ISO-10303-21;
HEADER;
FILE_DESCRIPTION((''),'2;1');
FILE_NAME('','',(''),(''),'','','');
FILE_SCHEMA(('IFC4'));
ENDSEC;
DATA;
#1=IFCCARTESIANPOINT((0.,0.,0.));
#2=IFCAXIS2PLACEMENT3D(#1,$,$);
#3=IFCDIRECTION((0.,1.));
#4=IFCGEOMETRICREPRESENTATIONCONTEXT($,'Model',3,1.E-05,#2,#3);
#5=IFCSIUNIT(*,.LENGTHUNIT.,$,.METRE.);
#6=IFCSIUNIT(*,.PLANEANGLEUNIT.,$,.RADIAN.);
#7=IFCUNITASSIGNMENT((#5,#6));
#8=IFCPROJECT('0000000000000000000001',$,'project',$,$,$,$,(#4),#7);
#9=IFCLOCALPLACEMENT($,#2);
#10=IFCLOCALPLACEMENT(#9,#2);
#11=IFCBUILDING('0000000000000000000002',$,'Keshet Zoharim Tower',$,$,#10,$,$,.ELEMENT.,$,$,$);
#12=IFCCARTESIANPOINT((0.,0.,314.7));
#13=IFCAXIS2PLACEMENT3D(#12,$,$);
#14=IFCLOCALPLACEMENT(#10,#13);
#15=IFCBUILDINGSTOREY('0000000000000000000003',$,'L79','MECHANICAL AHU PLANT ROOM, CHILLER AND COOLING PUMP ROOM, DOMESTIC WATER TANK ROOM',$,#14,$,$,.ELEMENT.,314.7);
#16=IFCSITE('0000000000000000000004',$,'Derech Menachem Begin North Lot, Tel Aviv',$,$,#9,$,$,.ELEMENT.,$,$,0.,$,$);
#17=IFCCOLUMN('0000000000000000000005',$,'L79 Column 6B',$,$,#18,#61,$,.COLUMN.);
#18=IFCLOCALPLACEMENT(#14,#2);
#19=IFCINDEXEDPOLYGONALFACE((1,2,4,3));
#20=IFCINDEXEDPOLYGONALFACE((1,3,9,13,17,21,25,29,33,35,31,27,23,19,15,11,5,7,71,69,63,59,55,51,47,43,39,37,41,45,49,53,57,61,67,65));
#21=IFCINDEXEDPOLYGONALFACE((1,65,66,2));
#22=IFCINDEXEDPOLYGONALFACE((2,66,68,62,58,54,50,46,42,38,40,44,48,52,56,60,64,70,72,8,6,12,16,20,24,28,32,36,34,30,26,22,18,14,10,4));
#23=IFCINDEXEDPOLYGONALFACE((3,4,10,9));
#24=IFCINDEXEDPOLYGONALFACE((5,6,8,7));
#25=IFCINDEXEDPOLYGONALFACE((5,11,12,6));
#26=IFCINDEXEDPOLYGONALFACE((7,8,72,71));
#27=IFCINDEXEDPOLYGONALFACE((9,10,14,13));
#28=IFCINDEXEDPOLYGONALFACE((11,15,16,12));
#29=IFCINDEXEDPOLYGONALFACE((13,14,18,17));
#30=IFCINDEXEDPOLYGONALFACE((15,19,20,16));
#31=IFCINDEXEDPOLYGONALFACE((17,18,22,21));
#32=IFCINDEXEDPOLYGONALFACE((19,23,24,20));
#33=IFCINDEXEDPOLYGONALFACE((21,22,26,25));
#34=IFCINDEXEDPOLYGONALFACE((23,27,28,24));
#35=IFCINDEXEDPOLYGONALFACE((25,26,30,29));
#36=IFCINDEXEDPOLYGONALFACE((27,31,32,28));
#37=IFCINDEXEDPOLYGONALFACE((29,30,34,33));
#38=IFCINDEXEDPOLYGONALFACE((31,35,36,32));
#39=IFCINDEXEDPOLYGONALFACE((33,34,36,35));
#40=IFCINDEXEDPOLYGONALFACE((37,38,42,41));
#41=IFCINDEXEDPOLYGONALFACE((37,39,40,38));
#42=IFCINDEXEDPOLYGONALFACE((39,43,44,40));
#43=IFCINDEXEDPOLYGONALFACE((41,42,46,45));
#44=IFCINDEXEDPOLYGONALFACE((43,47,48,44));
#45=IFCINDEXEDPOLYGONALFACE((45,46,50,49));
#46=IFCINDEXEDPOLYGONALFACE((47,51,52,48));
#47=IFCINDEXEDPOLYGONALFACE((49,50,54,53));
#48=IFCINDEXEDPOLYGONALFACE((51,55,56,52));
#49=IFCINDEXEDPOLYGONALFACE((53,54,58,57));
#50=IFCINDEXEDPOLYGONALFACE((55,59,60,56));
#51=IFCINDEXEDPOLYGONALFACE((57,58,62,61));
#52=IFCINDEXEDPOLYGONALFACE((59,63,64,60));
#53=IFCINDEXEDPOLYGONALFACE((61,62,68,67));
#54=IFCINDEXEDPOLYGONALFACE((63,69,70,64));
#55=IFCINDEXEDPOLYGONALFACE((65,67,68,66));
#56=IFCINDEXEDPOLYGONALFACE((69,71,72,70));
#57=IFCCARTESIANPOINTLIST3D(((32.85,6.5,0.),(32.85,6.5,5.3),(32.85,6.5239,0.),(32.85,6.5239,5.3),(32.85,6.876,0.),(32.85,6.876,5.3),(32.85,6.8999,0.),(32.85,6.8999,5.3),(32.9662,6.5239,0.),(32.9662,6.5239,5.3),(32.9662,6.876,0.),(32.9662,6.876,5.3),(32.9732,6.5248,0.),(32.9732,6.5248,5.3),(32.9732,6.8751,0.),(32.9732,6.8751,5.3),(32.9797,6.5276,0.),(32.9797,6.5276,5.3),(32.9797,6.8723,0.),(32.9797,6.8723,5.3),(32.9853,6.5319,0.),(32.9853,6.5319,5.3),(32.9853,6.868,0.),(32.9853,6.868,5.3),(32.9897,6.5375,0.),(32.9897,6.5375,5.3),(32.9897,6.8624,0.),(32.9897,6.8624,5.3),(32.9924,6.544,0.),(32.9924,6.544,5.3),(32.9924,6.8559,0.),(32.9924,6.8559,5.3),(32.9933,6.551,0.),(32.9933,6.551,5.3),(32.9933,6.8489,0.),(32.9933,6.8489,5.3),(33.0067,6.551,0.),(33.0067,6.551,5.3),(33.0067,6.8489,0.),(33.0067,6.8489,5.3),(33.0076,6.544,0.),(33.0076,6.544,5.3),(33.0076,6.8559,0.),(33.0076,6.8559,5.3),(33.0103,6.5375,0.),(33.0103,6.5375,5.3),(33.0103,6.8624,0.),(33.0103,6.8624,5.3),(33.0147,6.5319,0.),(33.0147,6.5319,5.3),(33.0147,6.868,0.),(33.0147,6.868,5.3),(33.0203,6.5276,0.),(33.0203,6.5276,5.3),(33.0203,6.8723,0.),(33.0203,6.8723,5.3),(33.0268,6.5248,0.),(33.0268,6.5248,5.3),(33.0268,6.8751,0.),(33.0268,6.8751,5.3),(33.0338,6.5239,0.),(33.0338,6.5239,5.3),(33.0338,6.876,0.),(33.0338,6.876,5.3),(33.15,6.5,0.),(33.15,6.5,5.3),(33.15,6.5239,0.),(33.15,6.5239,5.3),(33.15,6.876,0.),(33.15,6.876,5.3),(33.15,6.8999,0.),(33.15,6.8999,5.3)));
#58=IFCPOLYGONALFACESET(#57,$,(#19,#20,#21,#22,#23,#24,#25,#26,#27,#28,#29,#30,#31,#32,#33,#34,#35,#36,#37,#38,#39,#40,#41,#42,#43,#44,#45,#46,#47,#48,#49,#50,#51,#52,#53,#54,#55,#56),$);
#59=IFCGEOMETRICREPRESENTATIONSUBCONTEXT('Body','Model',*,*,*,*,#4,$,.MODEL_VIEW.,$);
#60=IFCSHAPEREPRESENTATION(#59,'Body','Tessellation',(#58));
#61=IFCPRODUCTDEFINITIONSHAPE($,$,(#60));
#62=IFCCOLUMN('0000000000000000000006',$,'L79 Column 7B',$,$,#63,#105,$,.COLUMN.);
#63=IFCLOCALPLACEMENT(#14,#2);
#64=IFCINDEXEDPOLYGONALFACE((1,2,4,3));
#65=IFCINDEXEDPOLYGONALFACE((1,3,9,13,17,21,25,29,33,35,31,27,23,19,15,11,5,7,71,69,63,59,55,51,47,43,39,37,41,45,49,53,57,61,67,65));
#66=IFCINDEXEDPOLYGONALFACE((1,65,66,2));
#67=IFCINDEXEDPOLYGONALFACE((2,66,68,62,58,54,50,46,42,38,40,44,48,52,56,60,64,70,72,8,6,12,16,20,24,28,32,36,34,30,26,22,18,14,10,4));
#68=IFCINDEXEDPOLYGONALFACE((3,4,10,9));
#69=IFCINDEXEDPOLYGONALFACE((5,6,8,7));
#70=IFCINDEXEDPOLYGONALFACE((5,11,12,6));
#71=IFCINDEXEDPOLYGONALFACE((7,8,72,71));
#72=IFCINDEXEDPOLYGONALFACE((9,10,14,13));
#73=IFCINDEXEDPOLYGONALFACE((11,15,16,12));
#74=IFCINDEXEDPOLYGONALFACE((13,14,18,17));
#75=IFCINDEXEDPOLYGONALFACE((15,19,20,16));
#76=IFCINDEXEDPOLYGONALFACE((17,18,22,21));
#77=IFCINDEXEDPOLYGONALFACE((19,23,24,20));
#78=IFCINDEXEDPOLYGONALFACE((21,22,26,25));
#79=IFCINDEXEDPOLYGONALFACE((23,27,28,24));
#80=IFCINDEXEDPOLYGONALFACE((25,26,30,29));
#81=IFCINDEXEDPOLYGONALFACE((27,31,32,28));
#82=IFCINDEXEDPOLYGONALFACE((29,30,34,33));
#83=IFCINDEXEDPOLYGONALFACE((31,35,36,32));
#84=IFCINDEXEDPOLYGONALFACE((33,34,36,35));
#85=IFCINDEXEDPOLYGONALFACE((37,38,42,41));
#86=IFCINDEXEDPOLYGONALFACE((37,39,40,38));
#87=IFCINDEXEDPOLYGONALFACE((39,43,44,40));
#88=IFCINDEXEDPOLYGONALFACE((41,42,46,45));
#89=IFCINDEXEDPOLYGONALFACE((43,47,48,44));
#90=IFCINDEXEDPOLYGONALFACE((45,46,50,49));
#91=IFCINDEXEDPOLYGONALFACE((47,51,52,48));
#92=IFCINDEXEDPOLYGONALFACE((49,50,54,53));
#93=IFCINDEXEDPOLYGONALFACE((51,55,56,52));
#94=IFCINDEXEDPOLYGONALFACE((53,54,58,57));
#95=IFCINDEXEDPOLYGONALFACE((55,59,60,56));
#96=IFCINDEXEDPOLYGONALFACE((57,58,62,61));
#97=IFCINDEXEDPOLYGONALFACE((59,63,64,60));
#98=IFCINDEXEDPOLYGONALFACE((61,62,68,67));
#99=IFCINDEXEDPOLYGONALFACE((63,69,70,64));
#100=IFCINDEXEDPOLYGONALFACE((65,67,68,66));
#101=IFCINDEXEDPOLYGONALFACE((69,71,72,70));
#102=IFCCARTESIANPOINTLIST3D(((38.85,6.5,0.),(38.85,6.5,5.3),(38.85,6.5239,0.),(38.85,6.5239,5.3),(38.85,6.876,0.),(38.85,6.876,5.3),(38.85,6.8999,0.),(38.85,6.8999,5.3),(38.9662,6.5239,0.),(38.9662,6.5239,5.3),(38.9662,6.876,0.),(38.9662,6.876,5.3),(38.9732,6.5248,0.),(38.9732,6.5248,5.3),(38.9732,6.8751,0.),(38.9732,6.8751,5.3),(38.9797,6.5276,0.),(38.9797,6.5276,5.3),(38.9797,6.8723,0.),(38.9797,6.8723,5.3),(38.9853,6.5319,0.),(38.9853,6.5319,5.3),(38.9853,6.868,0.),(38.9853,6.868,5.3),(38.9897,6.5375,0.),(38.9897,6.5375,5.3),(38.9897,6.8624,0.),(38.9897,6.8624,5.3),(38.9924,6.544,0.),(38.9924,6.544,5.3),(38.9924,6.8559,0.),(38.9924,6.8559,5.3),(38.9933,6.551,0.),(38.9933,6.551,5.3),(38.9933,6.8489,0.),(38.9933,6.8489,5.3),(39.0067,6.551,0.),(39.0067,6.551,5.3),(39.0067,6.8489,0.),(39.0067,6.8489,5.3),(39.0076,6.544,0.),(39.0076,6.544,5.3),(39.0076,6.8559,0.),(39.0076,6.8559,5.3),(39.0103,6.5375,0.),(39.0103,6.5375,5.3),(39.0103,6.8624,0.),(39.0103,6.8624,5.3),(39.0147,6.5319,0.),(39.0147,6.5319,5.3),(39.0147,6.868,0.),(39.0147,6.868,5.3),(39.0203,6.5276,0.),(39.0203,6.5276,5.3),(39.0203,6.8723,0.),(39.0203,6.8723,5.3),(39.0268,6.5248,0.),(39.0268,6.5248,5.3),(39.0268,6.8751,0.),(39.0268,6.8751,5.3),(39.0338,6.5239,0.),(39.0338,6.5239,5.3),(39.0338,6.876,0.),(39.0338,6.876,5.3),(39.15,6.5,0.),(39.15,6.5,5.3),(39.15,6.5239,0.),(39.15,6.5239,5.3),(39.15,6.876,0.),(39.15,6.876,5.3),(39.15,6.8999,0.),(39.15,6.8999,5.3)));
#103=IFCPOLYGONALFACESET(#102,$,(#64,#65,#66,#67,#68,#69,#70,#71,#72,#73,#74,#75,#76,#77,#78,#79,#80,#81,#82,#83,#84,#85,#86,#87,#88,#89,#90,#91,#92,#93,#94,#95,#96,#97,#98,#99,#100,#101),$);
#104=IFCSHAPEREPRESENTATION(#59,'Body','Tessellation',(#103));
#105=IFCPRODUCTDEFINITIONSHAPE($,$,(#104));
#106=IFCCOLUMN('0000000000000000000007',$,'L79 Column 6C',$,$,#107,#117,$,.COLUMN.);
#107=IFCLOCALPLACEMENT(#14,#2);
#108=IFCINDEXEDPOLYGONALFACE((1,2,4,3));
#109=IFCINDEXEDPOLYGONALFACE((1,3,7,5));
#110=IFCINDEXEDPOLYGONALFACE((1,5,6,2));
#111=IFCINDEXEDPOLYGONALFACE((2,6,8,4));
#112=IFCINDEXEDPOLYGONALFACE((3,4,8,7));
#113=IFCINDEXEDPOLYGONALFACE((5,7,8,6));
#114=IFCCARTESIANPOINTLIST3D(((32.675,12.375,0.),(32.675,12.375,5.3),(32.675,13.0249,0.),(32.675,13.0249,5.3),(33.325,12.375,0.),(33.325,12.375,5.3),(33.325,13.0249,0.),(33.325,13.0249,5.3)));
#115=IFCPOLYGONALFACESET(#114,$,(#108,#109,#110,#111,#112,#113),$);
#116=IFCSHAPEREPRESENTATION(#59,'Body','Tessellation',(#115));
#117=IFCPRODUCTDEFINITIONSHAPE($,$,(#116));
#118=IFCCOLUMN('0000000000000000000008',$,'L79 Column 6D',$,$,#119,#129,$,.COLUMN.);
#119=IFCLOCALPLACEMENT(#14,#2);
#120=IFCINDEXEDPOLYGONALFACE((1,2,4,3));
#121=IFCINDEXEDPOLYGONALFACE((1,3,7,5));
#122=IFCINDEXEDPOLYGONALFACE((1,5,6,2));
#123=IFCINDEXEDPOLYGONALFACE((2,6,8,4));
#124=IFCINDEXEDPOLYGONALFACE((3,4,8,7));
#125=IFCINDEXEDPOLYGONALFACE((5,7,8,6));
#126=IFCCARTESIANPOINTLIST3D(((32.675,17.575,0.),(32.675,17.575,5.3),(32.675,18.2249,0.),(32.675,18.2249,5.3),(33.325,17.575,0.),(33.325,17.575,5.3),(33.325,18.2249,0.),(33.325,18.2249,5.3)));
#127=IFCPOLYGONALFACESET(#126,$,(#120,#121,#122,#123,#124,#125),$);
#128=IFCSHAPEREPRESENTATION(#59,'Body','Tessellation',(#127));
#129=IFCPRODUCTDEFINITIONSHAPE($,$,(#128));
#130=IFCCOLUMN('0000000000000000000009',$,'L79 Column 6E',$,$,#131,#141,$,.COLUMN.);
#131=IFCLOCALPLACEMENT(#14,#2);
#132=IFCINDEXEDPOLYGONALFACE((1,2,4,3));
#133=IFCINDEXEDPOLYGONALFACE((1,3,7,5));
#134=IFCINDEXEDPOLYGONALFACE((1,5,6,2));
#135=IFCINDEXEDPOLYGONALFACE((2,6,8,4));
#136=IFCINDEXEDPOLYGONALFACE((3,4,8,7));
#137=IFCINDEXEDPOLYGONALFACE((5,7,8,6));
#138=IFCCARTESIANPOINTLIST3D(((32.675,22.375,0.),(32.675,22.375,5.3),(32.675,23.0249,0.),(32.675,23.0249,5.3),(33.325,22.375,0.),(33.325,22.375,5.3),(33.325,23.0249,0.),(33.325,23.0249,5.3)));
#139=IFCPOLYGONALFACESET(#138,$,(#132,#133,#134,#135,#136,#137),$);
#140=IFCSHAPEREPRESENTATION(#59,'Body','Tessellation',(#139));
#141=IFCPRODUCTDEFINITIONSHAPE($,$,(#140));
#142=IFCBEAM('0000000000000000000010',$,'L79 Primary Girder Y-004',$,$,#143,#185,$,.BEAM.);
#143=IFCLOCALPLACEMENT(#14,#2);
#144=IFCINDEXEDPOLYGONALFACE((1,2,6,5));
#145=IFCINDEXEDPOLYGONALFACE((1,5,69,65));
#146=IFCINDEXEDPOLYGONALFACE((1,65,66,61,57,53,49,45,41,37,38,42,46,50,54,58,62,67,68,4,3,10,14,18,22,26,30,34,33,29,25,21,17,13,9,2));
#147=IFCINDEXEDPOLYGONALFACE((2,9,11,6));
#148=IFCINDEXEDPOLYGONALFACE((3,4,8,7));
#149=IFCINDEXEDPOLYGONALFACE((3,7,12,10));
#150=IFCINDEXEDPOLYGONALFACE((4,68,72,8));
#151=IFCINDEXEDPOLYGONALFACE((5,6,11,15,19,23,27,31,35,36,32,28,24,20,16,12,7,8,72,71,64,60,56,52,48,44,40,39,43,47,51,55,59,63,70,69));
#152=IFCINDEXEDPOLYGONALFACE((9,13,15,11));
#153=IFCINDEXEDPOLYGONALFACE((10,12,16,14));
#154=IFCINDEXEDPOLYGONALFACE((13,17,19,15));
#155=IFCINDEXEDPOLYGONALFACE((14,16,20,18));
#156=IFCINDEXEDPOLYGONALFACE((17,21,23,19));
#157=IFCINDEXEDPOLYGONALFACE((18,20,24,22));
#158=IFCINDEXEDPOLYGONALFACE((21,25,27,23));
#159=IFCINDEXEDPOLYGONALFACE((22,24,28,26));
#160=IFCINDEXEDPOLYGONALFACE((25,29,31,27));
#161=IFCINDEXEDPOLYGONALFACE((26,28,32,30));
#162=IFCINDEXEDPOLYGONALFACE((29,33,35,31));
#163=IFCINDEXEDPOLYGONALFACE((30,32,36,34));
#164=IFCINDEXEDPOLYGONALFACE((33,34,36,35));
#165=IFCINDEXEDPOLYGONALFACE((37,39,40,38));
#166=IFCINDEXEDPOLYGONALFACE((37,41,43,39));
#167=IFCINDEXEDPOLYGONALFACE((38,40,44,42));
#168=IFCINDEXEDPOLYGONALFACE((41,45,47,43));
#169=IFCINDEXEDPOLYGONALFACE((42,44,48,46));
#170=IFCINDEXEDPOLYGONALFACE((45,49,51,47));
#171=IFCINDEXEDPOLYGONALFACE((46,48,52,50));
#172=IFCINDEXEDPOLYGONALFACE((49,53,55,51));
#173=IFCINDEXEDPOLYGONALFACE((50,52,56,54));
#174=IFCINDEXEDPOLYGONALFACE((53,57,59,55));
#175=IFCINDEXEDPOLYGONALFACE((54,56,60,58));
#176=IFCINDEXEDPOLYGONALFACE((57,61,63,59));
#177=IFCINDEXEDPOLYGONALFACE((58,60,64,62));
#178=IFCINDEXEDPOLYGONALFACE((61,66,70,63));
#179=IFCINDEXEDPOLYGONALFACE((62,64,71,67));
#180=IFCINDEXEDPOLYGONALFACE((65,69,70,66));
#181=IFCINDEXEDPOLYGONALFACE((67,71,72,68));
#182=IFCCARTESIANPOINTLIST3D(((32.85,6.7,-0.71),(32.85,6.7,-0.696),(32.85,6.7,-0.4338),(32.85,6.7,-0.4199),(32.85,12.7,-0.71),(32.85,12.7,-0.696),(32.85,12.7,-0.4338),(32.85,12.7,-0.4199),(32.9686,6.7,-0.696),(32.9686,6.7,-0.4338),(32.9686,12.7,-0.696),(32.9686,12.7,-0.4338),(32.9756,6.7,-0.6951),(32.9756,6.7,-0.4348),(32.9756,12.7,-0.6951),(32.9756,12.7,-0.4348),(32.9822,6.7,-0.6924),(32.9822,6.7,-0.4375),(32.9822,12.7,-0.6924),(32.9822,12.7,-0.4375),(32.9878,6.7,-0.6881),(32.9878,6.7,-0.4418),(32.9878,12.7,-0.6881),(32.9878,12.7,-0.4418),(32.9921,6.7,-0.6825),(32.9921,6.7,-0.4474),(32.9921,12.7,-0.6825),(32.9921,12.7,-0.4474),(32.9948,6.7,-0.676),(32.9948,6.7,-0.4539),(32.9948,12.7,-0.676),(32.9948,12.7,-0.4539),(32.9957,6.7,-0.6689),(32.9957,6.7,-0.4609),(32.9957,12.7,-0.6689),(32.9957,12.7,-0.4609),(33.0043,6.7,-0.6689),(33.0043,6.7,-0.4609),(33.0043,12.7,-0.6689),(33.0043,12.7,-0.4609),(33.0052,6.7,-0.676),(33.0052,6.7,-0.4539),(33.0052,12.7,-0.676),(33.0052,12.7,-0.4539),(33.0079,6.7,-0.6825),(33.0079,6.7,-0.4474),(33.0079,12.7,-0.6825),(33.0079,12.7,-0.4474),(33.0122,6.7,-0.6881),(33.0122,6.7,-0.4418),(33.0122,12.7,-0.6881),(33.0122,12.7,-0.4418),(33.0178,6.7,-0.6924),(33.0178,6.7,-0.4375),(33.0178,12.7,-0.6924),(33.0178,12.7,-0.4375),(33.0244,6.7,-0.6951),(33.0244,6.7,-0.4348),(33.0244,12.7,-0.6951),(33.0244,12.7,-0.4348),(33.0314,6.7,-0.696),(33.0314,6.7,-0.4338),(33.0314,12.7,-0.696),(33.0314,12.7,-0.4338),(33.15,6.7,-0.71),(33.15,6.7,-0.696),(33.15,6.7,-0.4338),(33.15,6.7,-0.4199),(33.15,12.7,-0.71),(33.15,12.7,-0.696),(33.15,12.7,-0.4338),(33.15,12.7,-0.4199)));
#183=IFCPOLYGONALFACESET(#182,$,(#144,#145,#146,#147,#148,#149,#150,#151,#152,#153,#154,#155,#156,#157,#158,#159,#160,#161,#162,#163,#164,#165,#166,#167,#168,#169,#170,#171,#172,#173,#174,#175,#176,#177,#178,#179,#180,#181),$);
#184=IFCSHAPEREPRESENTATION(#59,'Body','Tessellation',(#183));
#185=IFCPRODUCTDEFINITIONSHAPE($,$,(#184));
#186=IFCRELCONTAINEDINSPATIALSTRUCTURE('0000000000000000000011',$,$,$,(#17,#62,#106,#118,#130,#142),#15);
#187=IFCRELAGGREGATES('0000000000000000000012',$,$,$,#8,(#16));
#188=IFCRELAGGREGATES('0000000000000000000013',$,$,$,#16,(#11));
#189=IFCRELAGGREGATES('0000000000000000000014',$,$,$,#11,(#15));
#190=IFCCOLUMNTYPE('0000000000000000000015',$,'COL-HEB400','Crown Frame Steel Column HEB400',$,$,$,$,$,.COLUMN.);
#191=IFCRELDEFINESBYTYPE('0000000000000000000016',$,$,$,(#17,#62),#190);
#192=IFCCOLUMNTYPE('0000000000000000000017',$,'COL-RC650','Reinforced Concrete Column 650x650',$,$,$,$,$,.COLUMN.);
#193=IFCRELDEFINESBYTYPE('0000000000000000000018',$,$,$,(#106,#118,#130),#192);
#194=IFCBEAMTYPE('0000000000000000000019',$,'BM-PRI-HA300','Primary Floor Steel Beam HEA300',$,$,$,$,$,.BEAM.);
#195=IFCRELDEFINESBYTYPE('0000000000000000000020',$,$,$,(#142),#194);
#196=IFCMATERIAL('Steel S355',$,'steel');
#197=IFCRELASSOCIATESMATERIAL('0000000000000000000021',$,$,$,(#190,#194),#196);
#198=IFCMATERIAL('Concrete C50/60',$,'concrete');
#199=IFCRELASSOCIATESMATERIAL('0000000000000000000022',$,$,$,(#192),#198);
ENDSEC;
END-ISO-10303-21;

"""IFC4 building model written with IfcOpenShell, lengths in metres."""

from ifc_helpers import new_model, si_unit, direction, frame, origin, origin_2d, place, context, subcontext, project, spatial, rectangle, i_section, extrude, material, material_profile, profile_set, type_object, element, save


model = new_model("IFC4")

# Units and contexts
model_context = context("Model", 3, precision=1e-05, world=origin(), true_north=direction((0.0, 1.0)))
body_context = subcontext(model_context, "Body", "Model", "MODEL_VIEW")
ifc_project = project(units=[si_unit("LENGTHUNIT", "METRE"), si_unit("PLANEANGLEUNIT", "RADIAN")], contexts=[model_context])

# Site, building, storey
site_placement = place(None, origin())
site = spatial("IfcSite", under=ifc_project, at=site_placement, Name="Derech Menachem Begin North Lot, Tel Aviv", CompositionType="ELEMENT", RefElevation=0.0)
building_placement = place(site_placement, origin())
building = spatial("IfcBuilding", under=site, at=building_placement, Name="Keshet Zoharim Tower", CompositionType="ELEMENT")
storey_placement = place(building_placement, frame((0.0, 0.0, 314.7)))
storey = spatial("IfcBuildingStorey", under=building, at=storey_placement, Name="L79", Description="MECHANICAL AHU PLANT ROOM, CHILLER AND COOLING PUMP ROOM, DOMESTIC WATER TANK ROOM", CompositionType="ELEMENT", Elevation=314.7)

# Columns
ifc_material_1 = material(Name="Steel S355", Category="steel")
ifc_material_profile_1 = material_profile(ifc_material_1, i_section(OverallWidth=0.3, OverallDepth=0.3999, WebThickness=0.0134, FlangeThickness=0.0239, FilletRadius=0.0271, at=origin_2d()), Name="HEB400")
ifc_profile_set_1 = profile_set([ifc_material_profile_1], Name="Steel S355")
column_type_1 = type_object("IfcColumnType", Name="COL-HEB400", Description="Crown Frame Steel Column HEB400", PredefinedType="COLUMN", material=ifc_profile_set_1)
for number, where, z_axis, x_axis, name in (
    (1, (33.0, 6.7, 0.0), (0.0, 0.0, 1.0), (1.0, 0.0, 0.0), "L79 Column 6B"),
    (2, (39.0, 6.7, 0.0), (0.0, 0.0, 1.0), (1.0, 0.0, 0.0), "L79 Column 7B"),
):
    element("IfcColumn", number, at=place(storey_placement, frame(where, z_axis=z_axis, x_axis=x_axis)), inside=storey, type_object=column_type_1, Name=name, PredefinedType="COLUMN", context=body_context, shape_type="SweptSolid", body=[
        extrude(i_section(OverallWidth=0.3, OverallDepth=0.3999, WebThickness=0.0134, FlangeThickness=0.0239, FilletRadius=0.0271, at=origin_2d()), origin(), (0.0, 0.0, 1.0), 5.3),
    ])
ifc_material_2 = material(Name="Concrete C50/60", Category="concrete")
ifc_material_profile_2 = material_profile(ifc_material_2, rectangle(XDim=0.6499, YDim=0.6499, at=origin_2d()), Name="RC650x650")
ifc_profile_set_2 = profile_set([ifc_material_profile_2], Name="Concrete C50/60")
column_type_2 = type_object("IfcColumnType", Name="COL-RC650", Description="Reinforced Concrete Column 650x650", PredefinedType="COLUMN", material=ifc_profile_set_2)
for number, where, z_axis, x_axis, name in (
    (3, (33.0, 12.7, 0.0), (0.0, 0.0, 1.0), (1.0, 0.0, 0.0), "L79 Column 6C"),
    (4, (33.0, 17.8999, 0.0), (0.0, 0.0, 1.0), (1.0, 0.0, 0.0), "L79 Column 6D"),
    (5, (33.0, 22.7, 0.0), (0.0, 0.0, 1.0), (1.0, 0.0, 0.0), "L79 Column 6E"),
):
    element("IfcColumn", number, at=place(storey_placement, frame(where, z_axis=z_axis, x_axis=x_axis)), inside=storey, type_object=column_type_2, Name=name, PredefinedType="COLUMN", context=body_context, shape_type="SweptSolid", body=[
        extrude(rectangle(XDim=0.6499, YDim=0.6499, at=origin_2d()), origin(), (0.0, 0.0, 1.0), 5.3),
    ])

# Beam
ifc_material_profile_3 = material_profile(ifc_material_1, i_section(OverallWidth=0.3, OverallDepth=0.29, WebThickness=0.0085, FlangeThickness=0.0139, FilletRadius=0.0271, at=origin_2d()), Name="HEA300")
ifc_profile_set_3 = profile_set([ifc_material_profile_3], Name="Steel S355")
beam_type_1 = type_object("IfcBeamType", Name="BM-PRI-HA300", Description="Primary Floor Steel Beam HEA300", PredefinedType="BEAM", material=ifc_profile_set_3)
beam_1_placement = place(storey_placement, frame((33.0, 6.7, -0.5649), z_axis=(0.0, 1.0, 0.0), x_axis=(-1.0, 0.0, 0.0)))
element("IfcBeam", 6, at=beam_1_placement, inside=storey, type_object=beam_type_1, Name="L79 Primary Girder Y-004", PredefinedType="BEAM", context=body_context, shape_type="SweptSolid", body=[
    extrude(i_section(OverallWidth=0.3, OverallDepth=0.29, WebThickness=0.0085, FlangeThickness=0.0139, FilletRadius=0.0271, at=origin_2d()), origin(), (0.0, 0.0, 1.0), 6.0),
])

save(model, "model.ifc")
